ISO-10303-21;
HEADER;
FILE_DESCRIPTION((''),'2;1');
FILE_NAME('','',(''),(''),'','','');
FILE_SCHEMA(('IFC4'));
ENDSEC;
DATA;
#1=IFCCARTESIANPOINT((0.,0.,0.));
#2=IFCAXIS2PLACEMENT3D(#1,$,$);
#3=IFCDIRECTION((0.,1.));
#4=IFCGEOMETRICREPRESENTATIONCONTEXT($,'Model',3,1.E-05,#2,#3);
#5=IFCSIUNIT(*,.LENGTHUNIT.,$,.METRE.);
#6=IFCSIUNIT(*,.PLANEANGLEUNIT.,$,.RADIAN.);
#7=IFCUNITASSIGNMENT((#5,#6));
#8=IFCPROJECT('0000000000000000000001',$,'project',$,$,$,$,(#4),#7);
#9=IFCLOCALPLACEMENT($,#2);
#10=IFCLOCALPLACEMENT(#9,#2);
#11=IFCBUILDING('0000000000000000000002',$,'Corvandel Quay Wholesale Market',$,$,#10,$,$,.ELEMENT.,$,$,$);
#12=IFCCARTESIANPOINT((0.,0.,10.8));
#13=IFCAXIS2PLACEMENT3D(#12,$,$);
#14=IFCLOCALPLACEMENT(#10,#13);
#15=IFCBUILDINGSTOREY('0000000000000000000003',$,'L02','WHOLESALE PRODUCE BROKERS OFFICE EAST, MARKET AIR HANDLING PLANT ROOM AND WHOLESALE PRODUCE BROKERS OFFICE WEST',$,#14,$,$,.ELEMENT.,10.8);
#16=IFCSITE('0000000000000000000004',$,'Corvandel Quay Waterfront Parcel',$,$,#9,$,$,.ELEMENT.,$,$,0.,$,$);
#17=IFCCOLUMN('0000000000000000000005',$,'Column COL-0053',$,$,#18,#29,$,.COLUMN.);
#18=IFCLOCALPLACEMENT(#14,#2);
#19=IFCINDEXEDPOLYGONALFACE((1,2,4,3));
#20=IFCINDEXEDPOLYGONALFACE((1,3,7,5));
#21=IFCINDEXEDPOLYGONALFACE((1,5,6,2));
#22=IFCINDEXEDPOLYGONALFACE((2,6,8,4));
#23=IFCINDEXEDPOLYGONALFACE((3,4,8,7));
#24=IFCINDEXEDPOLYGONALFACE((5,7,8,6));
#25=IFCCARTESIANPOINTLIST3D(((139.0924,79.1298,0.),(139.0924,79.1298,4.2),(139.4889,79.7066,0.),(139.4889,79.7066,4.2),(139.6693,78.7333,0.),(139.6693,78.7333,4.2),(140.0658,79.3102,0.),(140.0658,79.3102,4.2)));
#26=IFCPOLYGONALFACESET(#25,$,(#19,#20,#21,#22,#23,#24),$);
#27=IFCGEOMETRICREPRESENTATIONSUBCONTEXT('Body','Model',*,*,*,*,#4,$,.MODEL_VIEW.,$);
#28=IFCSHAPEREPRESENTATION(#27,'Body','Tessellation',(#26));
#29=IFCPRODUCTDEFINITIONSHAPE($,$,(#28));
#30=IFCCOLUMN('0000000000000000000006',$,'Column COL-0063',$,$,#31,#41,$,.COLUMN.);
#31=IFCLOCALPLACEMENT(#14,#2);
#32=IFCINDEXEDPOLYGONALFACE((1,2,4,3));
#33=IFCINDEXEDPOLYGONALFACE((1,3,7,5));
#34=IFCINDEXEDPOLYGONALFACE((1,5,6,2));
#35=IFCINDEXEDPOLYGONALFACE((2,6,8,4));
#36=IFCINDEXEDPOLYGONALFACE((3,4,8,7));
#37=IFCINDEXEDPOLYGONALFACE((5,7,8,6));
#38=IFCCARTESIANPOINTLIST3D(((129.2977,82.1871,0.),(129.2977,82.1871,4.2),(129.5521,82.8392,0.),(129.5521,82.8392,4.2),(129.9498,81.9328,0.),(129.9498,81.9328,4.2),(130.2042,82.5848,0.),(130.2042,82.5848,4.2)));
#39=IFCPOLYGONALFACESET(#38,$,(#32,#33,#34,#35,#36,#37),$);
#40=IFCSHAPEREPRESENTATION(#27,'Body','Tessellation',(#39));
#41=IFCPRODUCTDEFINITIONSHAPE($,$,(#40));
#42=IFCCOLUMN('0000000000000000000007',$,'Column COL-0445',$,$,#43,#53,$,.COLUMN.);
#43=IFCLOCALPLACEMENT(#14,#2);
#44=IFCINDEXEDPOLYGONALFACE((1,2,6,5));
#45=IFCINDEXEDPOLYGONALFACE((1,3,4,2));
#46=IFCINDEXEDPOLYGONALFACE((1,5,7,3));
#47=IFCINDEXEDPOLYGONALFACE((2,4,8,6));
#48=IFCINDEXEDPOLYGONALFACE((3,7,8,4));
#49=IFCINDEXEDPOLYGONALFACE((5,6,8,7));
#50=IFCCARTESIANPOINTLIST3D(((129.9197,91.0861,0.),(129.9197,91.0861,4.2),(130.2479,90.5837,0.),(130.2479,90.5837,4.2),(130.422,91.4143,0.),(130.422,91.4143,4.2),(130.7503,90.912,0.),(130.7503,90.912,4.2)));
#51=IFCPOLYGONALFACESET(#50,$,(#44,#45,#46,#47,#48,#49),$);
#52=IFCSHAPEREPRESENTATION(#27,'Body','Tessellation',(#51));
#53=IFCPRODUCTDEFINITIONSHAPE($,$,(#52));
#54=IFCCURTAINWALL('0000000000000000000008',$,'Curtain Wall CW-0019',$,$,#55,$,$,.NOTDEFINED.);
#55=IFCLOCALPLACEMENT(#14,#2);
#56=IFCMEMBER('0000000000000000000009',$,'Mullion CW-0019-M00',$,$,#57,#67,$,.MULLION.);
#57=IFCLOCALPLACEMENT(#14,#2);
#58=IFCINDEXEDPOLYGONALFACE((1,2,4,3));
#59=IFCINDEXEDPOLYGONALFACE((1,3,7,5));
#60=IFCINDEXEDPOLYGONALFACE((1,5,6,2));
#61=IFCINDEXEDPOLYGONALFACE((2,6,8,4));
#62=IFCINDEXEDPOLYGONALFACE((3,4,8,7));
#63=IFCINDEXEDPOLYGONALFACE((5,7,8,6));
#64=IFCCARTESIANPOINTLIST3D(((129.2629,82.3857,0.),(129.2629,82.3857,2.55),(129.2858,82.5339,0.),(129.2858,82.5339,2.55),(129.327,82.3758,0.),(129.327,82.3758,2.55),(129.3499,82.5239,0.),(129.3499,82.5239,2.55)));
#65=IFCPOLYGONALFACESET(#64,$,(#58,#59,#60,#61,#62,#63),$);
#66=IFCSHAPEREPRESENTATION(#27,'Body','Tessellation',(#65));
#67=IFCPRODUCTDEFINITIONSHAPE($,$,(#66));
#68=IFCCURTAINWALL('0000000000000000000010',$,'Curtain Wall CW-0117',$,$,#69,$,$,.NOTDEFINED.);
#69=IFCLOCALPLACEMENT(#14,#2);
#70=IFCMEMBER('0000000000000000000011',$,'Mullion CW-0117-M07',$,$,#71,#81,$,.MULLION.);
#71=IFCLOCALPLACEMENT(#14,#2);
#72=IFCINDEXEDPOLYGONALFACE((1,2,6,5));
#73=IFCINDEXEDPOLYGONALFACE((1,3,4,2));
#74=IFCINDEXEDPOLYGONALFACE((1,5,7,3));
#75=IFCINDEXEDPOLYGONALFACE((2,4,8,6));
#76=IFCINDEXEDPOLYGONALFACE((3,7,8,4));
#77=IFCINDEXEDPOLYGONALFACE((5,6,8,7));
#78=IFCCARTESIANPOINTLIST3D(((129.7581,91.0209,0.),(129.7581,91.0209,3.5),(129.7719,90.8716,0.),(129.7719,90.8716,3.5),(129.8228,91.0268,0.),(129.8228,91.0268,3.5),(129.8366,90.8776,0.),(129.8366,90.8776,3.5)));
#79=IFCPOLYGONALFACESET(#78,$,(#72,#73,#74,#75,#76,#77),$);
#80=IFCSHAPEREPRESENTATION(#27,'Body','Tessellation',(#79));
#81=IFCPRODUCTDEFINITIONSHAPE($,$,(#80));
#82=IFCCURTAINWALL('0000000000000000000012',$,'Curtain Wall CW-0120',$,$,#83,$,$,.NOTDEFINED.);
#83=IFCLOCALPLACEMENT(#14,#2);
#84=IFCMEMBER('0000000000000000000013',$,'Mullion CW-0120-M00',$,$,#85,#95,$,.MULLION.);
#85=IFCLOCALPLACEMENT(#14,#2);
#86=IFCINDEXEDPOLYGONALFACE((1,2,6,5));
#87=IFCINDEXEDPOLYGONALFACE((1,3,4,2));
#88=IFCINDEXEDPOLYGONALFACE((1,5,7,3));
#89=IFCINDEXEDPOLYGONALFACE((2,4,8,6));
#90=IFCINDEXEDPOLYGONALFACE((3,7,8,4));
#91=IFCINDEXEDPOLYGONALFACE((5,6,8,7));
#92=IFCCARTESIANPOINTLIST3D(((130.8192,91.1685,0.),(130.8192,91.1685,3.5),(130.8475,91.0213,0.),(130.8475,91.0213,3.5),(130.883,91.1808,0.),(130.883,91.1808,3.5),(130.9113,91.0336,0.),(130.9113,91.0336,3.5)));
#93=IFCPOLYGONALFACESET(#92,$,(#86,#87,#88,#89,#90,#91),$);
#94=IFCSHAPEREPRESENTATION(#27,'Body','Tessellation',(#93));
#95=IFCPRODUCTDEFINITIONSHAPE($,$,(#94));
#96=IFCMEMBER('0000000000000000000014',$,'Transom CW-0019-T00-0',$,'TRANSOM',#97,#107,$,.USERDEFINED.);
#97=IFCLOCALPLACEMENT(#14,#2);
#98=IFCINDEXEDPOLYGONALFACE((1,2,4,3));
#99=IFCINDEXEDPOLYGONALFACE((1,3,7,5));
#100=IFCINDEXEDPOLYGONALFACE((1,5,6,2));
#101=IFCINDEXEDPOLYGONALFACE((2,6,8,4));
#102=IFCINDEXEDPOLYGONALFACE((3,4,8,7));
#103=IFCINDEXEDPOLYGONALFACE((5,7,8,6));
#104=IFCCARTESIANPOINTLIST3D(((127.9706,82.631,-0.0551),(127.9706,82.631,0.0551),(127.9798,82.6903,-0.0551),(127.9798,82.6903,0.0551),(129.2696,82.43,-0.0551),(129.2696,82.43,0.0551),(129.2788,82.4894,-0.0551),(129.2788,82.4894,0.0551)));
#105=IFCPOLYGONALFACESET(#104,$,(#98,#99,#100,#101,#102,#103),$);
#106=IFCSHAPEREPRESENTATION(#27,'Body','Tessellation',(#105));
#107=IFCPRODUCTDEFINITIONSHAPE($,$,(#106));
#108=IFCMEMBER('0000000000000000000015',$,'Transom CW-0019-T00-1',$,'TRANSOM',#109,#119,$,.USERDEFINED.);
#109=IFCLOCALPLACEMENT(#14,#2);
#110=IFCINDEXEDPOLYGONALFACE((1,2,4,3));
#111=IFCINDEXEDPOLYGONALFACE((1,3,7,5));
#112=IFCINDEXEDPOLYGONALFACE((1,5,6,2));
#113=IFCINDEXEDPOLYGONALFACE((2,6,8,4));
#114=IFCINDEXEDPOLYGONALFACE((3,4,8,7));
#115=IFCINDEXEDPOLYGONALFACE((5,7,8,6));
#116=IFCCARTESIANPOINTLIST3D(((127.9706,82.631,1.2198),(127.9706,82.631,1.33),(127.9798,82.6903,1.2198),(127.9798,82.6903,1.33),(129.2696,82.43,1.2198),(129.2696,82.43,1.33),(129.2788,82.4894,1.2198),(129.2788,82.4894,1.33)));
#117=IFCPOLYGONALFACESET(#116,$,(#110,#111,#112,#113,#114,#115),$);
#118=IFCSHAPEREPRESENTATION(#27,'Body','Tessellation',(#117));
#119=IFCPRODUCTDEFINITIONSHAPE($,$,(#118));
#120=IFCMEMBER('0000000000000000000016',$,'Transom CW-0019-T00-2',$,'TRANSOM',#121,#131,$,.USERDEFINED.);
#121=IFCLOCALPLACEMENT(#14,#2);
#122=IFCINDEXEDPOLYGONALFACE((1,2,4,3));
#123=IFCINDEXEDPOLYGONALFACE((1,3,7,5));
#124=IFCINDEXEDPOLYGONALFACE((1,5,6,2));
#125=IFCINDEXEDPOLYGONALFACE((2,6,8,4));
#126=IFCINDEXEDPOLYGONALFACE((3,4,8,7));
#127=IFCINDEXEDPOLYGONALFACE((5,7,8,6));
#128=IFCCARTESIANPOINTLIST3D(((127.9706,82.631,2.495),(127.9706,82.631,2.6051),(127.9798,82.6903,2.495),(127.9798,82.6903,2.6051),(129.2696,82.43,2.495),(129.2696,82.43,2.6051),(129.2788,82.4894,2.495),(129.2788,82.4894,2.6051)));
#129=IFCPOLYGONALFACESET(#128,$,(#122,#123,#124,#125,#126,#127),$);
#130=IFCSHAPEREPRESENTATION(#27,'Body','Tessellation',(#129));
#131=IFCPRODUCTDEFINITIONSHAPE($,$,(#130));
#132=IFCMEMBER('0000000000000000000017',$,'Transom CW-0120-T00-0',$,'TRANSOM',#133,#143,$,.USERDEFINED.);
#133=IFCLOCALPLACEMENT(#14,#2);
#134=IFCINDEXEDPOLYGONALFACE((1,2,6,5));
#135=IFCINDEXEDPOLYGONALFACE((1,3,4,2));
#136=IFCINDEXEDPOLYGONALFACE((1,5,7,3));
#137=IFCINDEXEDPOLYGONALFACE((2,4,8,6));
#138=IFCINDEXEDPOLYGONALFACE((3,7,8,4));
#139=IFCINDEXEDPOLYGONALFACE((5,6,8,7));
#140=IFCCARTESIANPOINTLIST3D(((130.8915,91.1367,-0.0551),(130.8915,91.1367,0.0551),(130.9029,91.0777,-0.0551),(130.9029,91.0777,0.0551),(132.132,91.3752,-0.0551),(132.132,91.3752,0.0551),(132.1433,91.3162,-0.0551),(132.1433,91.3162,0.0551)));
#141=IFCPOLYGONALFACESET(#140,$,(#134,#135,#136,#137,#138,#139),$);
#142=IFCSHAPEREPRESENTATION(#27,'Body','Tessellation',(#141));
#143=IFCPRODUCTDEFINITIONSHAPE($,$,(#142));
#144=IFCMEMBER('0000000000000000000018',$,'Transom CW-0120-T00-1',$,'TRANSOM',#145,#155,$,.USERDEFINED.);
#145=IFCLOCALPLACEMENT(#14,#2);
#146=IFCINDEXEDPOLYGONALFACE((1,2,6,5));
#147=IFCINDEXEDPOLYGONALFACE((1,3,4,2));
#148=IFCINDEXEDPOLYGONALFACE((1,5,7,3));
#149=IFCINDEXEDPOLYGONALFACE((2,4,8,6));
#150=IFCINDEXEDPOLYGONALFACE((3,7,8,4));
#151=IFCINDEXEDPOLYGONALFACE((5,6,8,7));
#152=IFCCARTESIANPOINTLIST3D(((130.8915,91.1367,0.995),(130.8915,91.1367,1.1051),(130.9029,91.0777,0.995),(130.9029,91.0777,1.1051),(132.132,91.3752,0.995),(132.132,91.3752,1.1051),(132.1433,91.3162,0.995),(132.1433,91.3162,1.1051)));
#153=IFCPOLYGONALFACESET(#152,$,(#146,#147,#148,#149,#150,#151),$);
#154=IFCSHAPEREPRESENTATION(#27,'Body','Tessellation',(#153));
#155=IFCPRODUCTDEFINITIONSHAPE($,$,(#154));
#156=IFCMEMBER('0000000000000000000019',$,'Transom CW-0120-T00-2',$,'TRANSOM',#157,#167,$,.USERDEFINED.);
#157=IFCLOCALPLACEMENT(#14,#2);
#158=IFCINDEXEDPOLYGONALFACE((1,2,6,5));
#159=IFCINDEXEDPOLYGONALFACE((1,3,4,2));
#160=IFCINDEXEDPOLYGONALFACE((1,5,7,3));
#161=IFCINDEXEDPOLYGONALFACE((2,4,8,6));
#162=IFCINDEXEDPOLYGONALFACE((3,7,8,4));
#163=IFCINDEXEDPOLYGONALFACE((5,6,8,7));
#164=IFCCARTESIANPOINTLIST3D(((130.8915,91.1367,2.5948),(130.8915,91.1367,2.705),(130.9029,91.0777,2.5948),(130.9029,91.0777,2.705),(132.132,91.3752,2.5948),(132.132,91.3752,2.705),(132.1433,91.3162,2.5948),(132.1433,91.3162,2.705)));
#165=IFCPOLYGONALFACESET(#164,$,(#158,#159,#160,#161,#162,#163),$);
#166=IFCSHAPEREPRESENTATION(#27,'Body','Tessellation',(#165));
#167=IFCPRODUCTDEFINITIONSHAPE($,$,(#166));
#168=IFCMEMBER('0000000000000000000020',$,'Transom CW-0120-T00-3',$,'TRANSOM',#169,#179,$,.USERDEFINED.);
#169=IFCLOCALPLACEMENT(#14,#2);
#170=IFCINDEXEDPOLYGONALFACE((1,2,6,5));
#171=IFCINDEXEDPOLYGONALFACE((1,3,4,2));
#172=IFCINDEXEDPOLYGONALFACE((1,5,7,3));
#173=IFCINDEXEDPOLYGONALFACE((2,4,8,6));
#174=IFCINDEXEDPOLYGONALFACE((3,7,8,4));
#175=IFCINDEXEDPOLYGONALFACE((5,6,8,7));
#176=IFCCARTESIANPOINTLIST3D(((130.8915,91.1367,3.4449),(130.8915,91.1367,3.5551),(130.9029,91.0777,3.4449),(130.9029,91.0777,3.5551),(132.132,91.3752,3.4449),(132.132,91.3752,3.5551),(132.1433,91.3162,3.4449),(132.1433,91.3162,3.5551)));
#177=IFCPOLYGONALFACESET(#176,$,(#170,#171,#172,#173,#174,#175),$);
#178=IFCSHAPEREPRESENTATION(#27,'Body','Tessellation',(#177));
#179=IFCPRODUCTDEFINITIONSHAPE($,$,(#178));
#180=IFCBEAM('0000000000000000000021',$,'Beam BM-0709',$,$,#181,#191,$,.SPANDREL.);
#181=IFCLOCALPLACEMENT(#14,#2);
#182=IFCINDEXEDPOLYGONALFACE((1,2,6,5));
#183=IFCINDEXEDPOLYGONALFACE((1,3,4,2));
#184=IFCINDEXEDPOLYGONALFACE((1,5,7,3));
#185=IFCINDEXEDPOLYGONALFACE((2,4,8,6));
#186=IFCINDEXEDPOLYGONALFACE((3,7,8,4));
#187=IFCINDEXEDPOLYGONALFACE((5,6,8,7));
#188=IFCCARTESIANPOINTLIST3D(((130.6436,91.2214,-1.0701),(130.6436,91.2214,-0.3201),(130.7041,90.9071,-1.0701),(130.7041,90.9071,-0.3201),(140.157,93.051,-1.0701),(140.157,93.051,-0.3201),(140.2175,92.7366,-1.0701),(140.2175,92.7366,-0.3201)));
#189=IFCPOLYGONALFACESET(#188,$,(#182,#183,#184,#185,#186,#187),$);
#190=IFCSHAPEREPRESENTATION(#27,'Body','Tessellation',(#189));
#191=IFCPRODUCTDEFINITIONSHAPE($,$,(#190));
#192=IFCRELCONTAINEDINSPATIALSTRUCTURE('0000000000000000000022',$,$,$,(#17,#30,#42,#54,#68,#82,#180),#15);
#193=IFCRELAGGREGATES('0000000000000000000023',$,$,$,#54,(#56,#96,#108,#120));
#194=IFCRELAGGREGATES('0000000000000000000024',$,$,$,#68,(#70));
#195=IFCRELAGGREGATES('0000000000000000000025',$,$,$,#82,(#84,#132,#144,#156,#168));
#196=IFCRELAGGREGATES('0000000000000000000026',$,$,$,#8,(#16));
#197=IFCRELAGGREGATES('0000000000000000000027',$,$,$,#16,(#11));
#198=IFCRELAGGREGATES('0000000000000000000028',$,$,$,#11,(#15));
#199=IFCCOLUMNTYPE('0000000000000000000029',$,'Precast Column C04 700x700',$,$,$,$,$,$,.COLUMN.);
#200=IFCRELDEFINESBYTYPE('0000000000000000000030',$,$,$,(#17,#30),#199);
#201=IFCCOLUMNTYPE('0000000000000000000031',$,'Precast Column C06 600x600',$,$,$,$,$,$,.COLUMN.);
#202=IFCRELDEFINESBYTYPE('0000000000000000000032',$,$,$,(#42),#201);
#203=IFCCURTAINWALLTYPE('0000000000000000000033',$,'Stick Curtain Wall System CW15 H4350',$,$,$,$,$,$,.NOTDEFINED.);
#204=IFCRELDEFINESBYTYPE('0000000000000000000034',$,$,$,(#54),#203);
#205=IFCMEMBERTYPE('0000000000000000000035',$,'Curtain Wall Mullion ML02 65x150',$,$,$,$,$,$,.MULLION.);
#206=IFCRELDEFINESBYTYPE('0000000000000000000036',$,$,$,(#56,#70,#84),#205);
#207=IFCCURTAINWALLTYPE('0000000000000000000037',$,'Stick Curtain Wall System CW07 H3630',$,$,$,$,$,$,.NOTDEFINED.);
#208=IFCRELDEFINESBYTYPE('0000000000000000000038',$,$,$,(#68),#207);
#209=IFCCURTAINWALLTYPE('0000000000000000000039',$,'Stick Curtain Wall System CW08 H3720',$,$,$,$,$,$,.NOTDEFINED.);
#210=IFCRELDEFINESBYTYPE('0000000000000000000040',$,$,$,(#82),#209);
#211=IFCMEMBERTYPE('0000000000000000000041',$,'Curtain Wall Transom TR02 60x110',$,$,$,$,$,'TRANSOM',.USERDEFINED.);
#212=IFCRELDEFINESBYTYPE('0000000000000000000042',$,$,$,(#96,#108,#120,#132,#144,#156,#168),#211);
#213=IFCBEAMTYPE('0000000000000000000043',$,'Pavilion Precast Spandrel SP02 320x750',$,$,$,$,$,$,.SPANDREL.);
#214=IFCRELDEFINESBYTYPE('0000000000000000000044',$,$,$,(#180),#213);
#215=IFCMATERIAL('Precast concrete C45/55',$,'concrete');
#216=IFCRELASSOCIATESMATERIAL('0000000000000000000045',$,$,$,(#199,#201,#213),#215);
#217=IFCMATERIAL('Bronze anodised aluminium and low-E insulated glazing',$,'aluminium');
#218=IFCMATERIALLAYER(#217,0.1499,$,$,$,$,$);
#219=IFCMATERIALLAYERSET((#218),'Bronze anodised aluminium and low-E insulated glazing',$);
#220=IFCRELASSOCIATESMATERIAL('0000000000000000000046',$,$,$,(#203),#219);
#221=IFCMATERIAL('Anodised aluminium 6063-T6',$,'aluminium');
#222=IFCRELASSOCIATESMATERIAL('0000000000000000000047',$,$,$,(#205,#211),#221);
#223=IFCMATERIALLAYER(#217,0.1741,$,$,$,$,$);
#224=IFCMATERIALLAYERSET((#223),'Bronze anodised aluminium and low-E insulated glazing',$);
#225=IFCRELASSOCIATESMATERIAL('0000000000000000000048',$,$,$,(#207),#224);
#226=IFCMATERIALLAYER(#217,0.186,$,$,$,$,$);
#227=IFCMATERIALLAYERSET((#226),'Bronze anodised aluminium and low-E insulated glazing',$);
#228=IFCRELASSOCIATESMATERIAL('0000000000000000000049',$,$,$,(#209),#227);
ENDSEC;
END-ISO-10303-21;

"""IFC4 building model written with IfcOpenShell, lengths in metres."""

from ifc_helpers import new_model, si_unit, direction, frame, origin, origin_2d, place, context, subcontext, project, spatial, rectangle, extrude, material, layer, layer_set, material_profile, profile_set, type_object, element, aggregate, save


model = new_model("IFC4")

# Units and contexts
model_context = context("Model", 3, precision=1e-05, world=origin(), true_north=direction((0.0, 1.0)))
body_context = subcontext(model_context, "Body", "Model", "MODEL_VIEW")
ifc_project = project(units=[si_unit("LENGTHUNIT", "METRE"), si_unit("PLANEANGLEUNIT", "RADIAN")], contexts=[model_context])

# Site, building, storey
site_placement = place(None, origin())
site = spatial("IfcSite", under=ifc_project, at=site_placement, Name="Corvandel Quay Waterfront Parcel", CompositionType="ELEMENT", RefElevation=0.0)
building_placement = place(site_placement, origin())
building = spatial("IfcBuilding", under=site, at=building_placement, Name="Corvandel Quay Wholesale Market", CompositionType="ELEMENT")
storey_placement = place(building_placement, frame((0.0, 0.0, 10.8)))
storey = spatial("IfcBuildingStorey", under=building, at=storey_placement, Name="L02", Description="WHOLESALE PRODUCE BROKERS OFFICE EAST, MARKET AIR HANDLING PLANT ROOM AND WHOLESALE PRODUCE BROKERS OFFICE WEST", CompositionType="ELEMENT", Elevation=10.8)

# Columns
ifc_material_1 = material(Name="Precast concrete C45/55", Category="concrete")
ifc_material_profile_1 = material_profile(ifc_material_1, rectangle(XDim=0.7, YDim=0.7, at=origin_2d()), Name="PC-COL-700x700")
ifc_profile_set_1 = profile_set([ifc_material_profile_1], Name="Precast concrete C45/55")
column_type_1 = type_object("IfcColumnType", Name="Precast Column C04 700x700", PredefinedType="COLUMN", material=ifc_profile_set_1)
for number, where, z_axis, x_axis, name in (
    (1, (139.5791, 79.22, 0.0), (0.0, 0.0, 1.0), (-0.824126, 0.566406, 0.0), "Column COL-0053"),
    (2, (129.751, 82.386, 0.0), (0.0, 0.0, 1.0), (-0.931628, 0.363414, 0.0), "Column COL-0063"),
):
    element("IfcColumn", number, at=place(storey_placement, frame(where, z_axis=z_axis, x_axis=x_axis)), inside=storey, type_object=column_type_1, Name=name, PredefinedType="COLUMN", context=body_context, shape_type="SweptSolid", body=[
        extrude(rectangle(XDim=0.7, YDim=0.7, at=origin_2d()), origin(), (0.0, 0.0, 1.0), 4.2),
    ])
ifc_material_profile_2 = material_profile(ifc_material_1, rectangle(XDim=0.6001, YDim=0.6001, at=origin_2d()), Name="PC-COL-600x600")
ifc_profile_set_2 = profile_set([ifc_material_profile_2], Name="Precast concrete C45/55")
column_type_2 = type_object("IfcColumnType", Name="Precast Column C06 600x600", PredefinedType="COLUMN", material=ifc_profile_set_2)
column_placement = place(storey_placement, frame((130.335, 90.999, 0.0), z_axis=(0.0, 0.0, 1.0), x_axis=(0.837146, 0.546979, 0.0)))
element("IfcColumn", 3, at=column_placement, inside=storey, type_object=column_type_2, Name="Column COL-0445", PredefinedType="COLUMN", context=body_context, shape_type="SweptSolid", body=[
    extrude(rectangle(XDim=0.6001, YDim=0.6001, at=origin_2d()), origin(), (0.0, 0.0, 1.0), 4.2),
])

# Curtain walls, members
ifc_material_2 = material(Name="Bronze anodised aluminium and low-E insulated glazing", Category="aluminium")
ifc_layer_1 = layer(ifc_material_2, 0.1499)
ifc_layer_set_1 = layer_set([ifc_layer_1], Name="Bronze anodised aluminium and low-E insulated glazing")
curtain_wall_type_1 = type_object("IfcCurtainWallType", Name="Stick Curtain Wall System CW15 H4350", PredefinedType="NOTDEFINED", material=ifc_layer_set_1)
curtain_wall_1_placement = place(storey_placement, origin())
curtain_wall_1 = element("IfcCurtainWall", 4, at=curtain_wall_1_placement, inside=storey, type_object=curtain_wall_type_1, Name="Curtain Wall CW-0019", PredefinedType="NOTDEFINED")
ifc_material_3 = material(Name="Anodised aluminium 6063-T6", Category="aluminium")
ifc_material_profile_3 = material_profile(ifc_material_3, rectangle(XDim=0.0649, YDim=0.1499, at=origin_2d()), Name="ALU-MUL-65x150")
ifc_profile_set_3 = profile_set([ifc_material_profile_3], Name="Anodised aluminium 6063-T6")
member_type_1 = type_object("IfcMemberType", Name="Curtain Wall Mullion ML02 65x150", PredefinedType="MULLION", material=ifc_profile_set_3)
member_1_placement = place(storey_placement, frame((129.3064, 82.4548, 0.0), z_axis=(0.0, 0.0, 1.0), x_axis=(-0.988255, 0.152813, 0.0)))
member_1 = element("IfcMember", 5, at=member_1_placement, type_object=member_type_1, Name="Mullion CW-0019-M00", PredefinedType="MULLION", context=body_context, shape_type="SweptSolid", body=[
    extrude(rectangle(XDim=0.0649, YDim=0.1499, at=origin_2d()), origin(), (0.0, 0.0, 1.0), 2.55),
])
ifc_layer_2 = layer(ifc_material_2, 0.1741)
ifc_layer_set_2 = layer_set([ifc_layer_2], Name="Bronze anodised aluminium and low-E insulated glazing")
curtain_wall_type_2 = type_object("IfcCurtainWallType", Name="Stick Curtain Wall System CW07 H3630", PredefinedType="NOTDEFINED", material=ifc_layer_set_2)
curtain_wall_2_placement = place(storey_placement, origin())
curtain_wall_2 = element("IfcCurtainWall", 6, at=curtain_wall_2_placement, inside=storey, type_object=curtain_wall_type_2, Name="Curtain Wall CW-0117", PredefinedType="NOTDEFINED")
member_2_placement = place(storey_placement, frame((129.7974, 90.9492, 0.0), z_axis=(0.0, 0.0, 1.0), x_axis=(0.995757, 0.092023, 0.0)))
member_2 = element("IfcMember", 7, at=member_2_placement, type_object=member_type_1, Name="Mullion CW-0117-M07", PredefinedType="MULLION", context=body_context, shape_type="SweptSolid", body=[
    extrude(rectangle(XDim=0.0649, YDim=0.1499, at=origin_2d()), origin(), (0.0, 0.0, 1.0), 3.5),
])
ifc_layer_3 = layer(ifc_material_2, 0.186)
ifc_layer_set_3 = layer_set([ifc_layer_3], Name="Bronze anodised aluminium and low-E insulated glazing")
curtain_wall_type_3 = type_object("IfcCurtainWallType", Name="Stick Curtain Wall System CW08 H3720", PredefinedType="NOTDEFINED", material=ifc_layer_set_3)
curtain_wall_3_placement = place(storey_placement, origin())
curtain_wall_3 = element("IfcCurtainWall", 8, at=curtain_wall_3_placement, inside=storey, type_object=curtain_wall_type_3, Name="Curtain Wall CW-0120", PredefinedType="NOTDEFINED")
member_3_placement = place(storey_placement, frame((130.8652, 91.1011, 0.0), z_axis=(0.0, 0.0, 1.0), x_axis=(0.981992, 0.188924, 0.0)))
member_3 = element("IfcMember", 9, at=member_3_placement, type_object=member_type_1, Name="Mullion CW-0120-M00", PredefinedType="MULLION", context=body_context, shape_type="SweptSolid", body=[
    extrude(rectangle(XDim=0.0649, YDim=0.1499, at=origin_2d()), origin(), (0.0, 0.0, 1.0), 3.5),
])

# Members
ifc_material_profile_4 = material_profile(ifc_material_3, rectangle(XDim=0.0601, YDim=0.1101, at=origin_2d()), Name="ALU-TRN-60x110")
ifc_profile_set_4 = profile_set([ifc_material_profile_4], Name="Anodised aluminium 6063-T6")
member_type_2 = type_object("IfcMemberType", Name="Curtain Wall Transom TR02 60x110", ElementType="TRANSOM", PredefinedType="USERDEFINED", material=ifc_profile_set_4)
member_4_placement = place(storey_placement, frame((129.2742, 82.4597, 0.0), z_axis=(-0.988249, 0.152853, 0.0), x_axis=(-0.152853, -0.988249, 0.0)))
member_4 = element("IfcMember", 10, at=member_4_placement, type_object=member_type_2, Name="Transom CW-0019-T00-0", ObjectType="TRANSOM", PredefinedType="USERDEFINED", context=body_context, shape_type="SweptSolid", body=[
    extrude(rectangle(XDim=0.0601, YDim=0.1101, at=origin_2d()), origin(), (0.0, 0.0, 1.0), 1.3145),
])
member_5_placement = place(storey_placement, frame((129.2742, 82.4597, 1.2749), z_axis=(-0.988249, 0.152853, 0.0), x_axis=(-0.152853, -0.988249, 0.0)))
member_5 = element("IfcMember", 11, at=member_5_placement, type_object=member_type_2, Name="Transom CW-0019-T00-1", ObjectType="TRANSOM", PredefinedType="USERDEFINED", context=body_context, shape_type="SweptSolid", body=[
    extrude(rectangle(XDim=0.0601, YDim=0.1101, at=origin_2d()), origin(), (0.0, 0.0, 1.0), 1.3145),
])
member_6_placement = place(storey_placement, frame((129.2742, 82.4597, 2.55), z_axis=(-0.988249, 0.152853, 0.0), x_axis=(-0.152853, -0.988249, 0.0)))
member_6 = element("IfcMember", 12, at=member_6_placement, type_object=member_type_2, Name="Transom CW-0019-T00-2", ObjectType="TRANSOM", PredefinedType="USERDEFINED", context=body_context, shape_type="SweptSolid", body=[
    extrude(rectangle(XDim=0.0601, YDim=0.1101, at=origin_2d()), origin(), (0.0, 0.0, 1.0), 1.3145),
])
member_7_placement = place(storey_placement, frame((130.8972, 91.1072, 0.0), z_axis=(0.982011, 0.188826, 0.0), x_axis=(-0.188826, 0.982011, 0.0)))
member_7 = element("IfcMember", 13, at=member_7_placement, type_object=member_type_2, Name="Transom CW-0120-T00-0", ObjectType="TRANSOM", PredefinedType="USERDEFINED", context=body_context, shape_type="SweptSolid", body=[
    extrude(rectangle(XDim=0.0601, YDim=0.1101, at=origin_2d()), origin(), (0.0, 0.0, 1.0), 1.2632),
])
member_8_placement = place(storey_placement, frame((130.8972, 91.1072, 1.05), z_axis=(0.982011, 0.188826, 0.0), x_axis=(-0.188826, 0.982011, 0.0)))
member_8 = element("IfcMember", 14, at=member_8_placement, type_object=member_type_2, Name="Transom CW-0120-T00-1", ObjectType="TRANSOM", PredefinedType="USERDEFINED", context=body_context, shape_type="SweptSolid", body=[
    extrude(rectangle(XDim=0.0601, YDim=0.1101, at=origin_2d()), origin(), (0.0, 0.0, 1.0), 1.2632),
])
member_9_placement = place(storey_placement, frame((130.8972, 91.1072, 2.6499), z_axis=(0.982011, 0.188826, 0.0), x_axis=(-0.188826, 0.982011, 0.0)))
member_9 = element("IfcMember", 15, at=member_9_placement, type_object=member_type_2, Name="Transom CW-0120-T00-2", ObjectType="TRANSOM", PredefinedType="USERDEFINED", context=body_context, shape_type="SweptSolid", body=[
    extrude(rectangle(XDim=0.0601, YDim=0.1101, at=origin_2d()), origin(), (0.0, 0.0, 1.0), 1.2632),
])
member_10_placement = place(storey_placement, frame((130.8972, 91.1072, 3.5), z_axis=(0.982011, 0.188826, 0.0), x_axis=(-0.188826, 0.982011, 0.0)))
member_10 = element("IfcMember", 16, at=member_10_placement, type_object=member_type_2, Name="Transom CW-0120-T00-3", ObjectType="TRANSOM", PredefinedType="USERDEFINED", context=body_context, shape_type="SweptSolid", body=[
    extrude(rectangle(XDim=0.0601, YDim=0.1101, at=origin_2d()), origin(), (0.0, 0.0, 1.0), 1.2632),
])

# Beam
ifc_material_profile_5 = material_profile(ifc_material_1, rectangle(XDim=0.3201, YDim=0.75, at=origin_2d()), Name="PC-SPN-320x750")
ifc_profile_set_5 = profile_set([ifc_material_profile_5], Name="Precast concrete C45/55")
beam_type_1 = type_object("IfcBeamType", Name="Pavilion Precast Spandrel SP02 320x750", PredefinedType="SPANDREL", material=ifc_profile_set_5)
beam_1_placement = place(storey_placement, frame((130.6738, 91.0642, -0.6951), z_axis=(0.982005, 0.188856, 0.0), x_axis=(-0.188856, 0.982005, 0.0)))
element("IfcBeam", 17, at=beam_1_placement, inside=storey, type_object=beam_type_1, Name="Beam BM-0709", PredefinedType="SPANDREL", context=body_context, shape_type="SweptSolid", body=[
    extrude(rectangle(XDim=0.3201, YDim=0.75, at=origin_2d()), origin(), (0.0, 0.0, 1.0), 9.6877),
])

aggregate(curtain_wall_1, [member_1, member_4, member_5, member_6])
aggregate(curtain_wall_2, [member_2])
aggregate(curtain_wall_3, [member_3, member_7, member_8, member_9, member_10])

save(model, "model.ifc")
